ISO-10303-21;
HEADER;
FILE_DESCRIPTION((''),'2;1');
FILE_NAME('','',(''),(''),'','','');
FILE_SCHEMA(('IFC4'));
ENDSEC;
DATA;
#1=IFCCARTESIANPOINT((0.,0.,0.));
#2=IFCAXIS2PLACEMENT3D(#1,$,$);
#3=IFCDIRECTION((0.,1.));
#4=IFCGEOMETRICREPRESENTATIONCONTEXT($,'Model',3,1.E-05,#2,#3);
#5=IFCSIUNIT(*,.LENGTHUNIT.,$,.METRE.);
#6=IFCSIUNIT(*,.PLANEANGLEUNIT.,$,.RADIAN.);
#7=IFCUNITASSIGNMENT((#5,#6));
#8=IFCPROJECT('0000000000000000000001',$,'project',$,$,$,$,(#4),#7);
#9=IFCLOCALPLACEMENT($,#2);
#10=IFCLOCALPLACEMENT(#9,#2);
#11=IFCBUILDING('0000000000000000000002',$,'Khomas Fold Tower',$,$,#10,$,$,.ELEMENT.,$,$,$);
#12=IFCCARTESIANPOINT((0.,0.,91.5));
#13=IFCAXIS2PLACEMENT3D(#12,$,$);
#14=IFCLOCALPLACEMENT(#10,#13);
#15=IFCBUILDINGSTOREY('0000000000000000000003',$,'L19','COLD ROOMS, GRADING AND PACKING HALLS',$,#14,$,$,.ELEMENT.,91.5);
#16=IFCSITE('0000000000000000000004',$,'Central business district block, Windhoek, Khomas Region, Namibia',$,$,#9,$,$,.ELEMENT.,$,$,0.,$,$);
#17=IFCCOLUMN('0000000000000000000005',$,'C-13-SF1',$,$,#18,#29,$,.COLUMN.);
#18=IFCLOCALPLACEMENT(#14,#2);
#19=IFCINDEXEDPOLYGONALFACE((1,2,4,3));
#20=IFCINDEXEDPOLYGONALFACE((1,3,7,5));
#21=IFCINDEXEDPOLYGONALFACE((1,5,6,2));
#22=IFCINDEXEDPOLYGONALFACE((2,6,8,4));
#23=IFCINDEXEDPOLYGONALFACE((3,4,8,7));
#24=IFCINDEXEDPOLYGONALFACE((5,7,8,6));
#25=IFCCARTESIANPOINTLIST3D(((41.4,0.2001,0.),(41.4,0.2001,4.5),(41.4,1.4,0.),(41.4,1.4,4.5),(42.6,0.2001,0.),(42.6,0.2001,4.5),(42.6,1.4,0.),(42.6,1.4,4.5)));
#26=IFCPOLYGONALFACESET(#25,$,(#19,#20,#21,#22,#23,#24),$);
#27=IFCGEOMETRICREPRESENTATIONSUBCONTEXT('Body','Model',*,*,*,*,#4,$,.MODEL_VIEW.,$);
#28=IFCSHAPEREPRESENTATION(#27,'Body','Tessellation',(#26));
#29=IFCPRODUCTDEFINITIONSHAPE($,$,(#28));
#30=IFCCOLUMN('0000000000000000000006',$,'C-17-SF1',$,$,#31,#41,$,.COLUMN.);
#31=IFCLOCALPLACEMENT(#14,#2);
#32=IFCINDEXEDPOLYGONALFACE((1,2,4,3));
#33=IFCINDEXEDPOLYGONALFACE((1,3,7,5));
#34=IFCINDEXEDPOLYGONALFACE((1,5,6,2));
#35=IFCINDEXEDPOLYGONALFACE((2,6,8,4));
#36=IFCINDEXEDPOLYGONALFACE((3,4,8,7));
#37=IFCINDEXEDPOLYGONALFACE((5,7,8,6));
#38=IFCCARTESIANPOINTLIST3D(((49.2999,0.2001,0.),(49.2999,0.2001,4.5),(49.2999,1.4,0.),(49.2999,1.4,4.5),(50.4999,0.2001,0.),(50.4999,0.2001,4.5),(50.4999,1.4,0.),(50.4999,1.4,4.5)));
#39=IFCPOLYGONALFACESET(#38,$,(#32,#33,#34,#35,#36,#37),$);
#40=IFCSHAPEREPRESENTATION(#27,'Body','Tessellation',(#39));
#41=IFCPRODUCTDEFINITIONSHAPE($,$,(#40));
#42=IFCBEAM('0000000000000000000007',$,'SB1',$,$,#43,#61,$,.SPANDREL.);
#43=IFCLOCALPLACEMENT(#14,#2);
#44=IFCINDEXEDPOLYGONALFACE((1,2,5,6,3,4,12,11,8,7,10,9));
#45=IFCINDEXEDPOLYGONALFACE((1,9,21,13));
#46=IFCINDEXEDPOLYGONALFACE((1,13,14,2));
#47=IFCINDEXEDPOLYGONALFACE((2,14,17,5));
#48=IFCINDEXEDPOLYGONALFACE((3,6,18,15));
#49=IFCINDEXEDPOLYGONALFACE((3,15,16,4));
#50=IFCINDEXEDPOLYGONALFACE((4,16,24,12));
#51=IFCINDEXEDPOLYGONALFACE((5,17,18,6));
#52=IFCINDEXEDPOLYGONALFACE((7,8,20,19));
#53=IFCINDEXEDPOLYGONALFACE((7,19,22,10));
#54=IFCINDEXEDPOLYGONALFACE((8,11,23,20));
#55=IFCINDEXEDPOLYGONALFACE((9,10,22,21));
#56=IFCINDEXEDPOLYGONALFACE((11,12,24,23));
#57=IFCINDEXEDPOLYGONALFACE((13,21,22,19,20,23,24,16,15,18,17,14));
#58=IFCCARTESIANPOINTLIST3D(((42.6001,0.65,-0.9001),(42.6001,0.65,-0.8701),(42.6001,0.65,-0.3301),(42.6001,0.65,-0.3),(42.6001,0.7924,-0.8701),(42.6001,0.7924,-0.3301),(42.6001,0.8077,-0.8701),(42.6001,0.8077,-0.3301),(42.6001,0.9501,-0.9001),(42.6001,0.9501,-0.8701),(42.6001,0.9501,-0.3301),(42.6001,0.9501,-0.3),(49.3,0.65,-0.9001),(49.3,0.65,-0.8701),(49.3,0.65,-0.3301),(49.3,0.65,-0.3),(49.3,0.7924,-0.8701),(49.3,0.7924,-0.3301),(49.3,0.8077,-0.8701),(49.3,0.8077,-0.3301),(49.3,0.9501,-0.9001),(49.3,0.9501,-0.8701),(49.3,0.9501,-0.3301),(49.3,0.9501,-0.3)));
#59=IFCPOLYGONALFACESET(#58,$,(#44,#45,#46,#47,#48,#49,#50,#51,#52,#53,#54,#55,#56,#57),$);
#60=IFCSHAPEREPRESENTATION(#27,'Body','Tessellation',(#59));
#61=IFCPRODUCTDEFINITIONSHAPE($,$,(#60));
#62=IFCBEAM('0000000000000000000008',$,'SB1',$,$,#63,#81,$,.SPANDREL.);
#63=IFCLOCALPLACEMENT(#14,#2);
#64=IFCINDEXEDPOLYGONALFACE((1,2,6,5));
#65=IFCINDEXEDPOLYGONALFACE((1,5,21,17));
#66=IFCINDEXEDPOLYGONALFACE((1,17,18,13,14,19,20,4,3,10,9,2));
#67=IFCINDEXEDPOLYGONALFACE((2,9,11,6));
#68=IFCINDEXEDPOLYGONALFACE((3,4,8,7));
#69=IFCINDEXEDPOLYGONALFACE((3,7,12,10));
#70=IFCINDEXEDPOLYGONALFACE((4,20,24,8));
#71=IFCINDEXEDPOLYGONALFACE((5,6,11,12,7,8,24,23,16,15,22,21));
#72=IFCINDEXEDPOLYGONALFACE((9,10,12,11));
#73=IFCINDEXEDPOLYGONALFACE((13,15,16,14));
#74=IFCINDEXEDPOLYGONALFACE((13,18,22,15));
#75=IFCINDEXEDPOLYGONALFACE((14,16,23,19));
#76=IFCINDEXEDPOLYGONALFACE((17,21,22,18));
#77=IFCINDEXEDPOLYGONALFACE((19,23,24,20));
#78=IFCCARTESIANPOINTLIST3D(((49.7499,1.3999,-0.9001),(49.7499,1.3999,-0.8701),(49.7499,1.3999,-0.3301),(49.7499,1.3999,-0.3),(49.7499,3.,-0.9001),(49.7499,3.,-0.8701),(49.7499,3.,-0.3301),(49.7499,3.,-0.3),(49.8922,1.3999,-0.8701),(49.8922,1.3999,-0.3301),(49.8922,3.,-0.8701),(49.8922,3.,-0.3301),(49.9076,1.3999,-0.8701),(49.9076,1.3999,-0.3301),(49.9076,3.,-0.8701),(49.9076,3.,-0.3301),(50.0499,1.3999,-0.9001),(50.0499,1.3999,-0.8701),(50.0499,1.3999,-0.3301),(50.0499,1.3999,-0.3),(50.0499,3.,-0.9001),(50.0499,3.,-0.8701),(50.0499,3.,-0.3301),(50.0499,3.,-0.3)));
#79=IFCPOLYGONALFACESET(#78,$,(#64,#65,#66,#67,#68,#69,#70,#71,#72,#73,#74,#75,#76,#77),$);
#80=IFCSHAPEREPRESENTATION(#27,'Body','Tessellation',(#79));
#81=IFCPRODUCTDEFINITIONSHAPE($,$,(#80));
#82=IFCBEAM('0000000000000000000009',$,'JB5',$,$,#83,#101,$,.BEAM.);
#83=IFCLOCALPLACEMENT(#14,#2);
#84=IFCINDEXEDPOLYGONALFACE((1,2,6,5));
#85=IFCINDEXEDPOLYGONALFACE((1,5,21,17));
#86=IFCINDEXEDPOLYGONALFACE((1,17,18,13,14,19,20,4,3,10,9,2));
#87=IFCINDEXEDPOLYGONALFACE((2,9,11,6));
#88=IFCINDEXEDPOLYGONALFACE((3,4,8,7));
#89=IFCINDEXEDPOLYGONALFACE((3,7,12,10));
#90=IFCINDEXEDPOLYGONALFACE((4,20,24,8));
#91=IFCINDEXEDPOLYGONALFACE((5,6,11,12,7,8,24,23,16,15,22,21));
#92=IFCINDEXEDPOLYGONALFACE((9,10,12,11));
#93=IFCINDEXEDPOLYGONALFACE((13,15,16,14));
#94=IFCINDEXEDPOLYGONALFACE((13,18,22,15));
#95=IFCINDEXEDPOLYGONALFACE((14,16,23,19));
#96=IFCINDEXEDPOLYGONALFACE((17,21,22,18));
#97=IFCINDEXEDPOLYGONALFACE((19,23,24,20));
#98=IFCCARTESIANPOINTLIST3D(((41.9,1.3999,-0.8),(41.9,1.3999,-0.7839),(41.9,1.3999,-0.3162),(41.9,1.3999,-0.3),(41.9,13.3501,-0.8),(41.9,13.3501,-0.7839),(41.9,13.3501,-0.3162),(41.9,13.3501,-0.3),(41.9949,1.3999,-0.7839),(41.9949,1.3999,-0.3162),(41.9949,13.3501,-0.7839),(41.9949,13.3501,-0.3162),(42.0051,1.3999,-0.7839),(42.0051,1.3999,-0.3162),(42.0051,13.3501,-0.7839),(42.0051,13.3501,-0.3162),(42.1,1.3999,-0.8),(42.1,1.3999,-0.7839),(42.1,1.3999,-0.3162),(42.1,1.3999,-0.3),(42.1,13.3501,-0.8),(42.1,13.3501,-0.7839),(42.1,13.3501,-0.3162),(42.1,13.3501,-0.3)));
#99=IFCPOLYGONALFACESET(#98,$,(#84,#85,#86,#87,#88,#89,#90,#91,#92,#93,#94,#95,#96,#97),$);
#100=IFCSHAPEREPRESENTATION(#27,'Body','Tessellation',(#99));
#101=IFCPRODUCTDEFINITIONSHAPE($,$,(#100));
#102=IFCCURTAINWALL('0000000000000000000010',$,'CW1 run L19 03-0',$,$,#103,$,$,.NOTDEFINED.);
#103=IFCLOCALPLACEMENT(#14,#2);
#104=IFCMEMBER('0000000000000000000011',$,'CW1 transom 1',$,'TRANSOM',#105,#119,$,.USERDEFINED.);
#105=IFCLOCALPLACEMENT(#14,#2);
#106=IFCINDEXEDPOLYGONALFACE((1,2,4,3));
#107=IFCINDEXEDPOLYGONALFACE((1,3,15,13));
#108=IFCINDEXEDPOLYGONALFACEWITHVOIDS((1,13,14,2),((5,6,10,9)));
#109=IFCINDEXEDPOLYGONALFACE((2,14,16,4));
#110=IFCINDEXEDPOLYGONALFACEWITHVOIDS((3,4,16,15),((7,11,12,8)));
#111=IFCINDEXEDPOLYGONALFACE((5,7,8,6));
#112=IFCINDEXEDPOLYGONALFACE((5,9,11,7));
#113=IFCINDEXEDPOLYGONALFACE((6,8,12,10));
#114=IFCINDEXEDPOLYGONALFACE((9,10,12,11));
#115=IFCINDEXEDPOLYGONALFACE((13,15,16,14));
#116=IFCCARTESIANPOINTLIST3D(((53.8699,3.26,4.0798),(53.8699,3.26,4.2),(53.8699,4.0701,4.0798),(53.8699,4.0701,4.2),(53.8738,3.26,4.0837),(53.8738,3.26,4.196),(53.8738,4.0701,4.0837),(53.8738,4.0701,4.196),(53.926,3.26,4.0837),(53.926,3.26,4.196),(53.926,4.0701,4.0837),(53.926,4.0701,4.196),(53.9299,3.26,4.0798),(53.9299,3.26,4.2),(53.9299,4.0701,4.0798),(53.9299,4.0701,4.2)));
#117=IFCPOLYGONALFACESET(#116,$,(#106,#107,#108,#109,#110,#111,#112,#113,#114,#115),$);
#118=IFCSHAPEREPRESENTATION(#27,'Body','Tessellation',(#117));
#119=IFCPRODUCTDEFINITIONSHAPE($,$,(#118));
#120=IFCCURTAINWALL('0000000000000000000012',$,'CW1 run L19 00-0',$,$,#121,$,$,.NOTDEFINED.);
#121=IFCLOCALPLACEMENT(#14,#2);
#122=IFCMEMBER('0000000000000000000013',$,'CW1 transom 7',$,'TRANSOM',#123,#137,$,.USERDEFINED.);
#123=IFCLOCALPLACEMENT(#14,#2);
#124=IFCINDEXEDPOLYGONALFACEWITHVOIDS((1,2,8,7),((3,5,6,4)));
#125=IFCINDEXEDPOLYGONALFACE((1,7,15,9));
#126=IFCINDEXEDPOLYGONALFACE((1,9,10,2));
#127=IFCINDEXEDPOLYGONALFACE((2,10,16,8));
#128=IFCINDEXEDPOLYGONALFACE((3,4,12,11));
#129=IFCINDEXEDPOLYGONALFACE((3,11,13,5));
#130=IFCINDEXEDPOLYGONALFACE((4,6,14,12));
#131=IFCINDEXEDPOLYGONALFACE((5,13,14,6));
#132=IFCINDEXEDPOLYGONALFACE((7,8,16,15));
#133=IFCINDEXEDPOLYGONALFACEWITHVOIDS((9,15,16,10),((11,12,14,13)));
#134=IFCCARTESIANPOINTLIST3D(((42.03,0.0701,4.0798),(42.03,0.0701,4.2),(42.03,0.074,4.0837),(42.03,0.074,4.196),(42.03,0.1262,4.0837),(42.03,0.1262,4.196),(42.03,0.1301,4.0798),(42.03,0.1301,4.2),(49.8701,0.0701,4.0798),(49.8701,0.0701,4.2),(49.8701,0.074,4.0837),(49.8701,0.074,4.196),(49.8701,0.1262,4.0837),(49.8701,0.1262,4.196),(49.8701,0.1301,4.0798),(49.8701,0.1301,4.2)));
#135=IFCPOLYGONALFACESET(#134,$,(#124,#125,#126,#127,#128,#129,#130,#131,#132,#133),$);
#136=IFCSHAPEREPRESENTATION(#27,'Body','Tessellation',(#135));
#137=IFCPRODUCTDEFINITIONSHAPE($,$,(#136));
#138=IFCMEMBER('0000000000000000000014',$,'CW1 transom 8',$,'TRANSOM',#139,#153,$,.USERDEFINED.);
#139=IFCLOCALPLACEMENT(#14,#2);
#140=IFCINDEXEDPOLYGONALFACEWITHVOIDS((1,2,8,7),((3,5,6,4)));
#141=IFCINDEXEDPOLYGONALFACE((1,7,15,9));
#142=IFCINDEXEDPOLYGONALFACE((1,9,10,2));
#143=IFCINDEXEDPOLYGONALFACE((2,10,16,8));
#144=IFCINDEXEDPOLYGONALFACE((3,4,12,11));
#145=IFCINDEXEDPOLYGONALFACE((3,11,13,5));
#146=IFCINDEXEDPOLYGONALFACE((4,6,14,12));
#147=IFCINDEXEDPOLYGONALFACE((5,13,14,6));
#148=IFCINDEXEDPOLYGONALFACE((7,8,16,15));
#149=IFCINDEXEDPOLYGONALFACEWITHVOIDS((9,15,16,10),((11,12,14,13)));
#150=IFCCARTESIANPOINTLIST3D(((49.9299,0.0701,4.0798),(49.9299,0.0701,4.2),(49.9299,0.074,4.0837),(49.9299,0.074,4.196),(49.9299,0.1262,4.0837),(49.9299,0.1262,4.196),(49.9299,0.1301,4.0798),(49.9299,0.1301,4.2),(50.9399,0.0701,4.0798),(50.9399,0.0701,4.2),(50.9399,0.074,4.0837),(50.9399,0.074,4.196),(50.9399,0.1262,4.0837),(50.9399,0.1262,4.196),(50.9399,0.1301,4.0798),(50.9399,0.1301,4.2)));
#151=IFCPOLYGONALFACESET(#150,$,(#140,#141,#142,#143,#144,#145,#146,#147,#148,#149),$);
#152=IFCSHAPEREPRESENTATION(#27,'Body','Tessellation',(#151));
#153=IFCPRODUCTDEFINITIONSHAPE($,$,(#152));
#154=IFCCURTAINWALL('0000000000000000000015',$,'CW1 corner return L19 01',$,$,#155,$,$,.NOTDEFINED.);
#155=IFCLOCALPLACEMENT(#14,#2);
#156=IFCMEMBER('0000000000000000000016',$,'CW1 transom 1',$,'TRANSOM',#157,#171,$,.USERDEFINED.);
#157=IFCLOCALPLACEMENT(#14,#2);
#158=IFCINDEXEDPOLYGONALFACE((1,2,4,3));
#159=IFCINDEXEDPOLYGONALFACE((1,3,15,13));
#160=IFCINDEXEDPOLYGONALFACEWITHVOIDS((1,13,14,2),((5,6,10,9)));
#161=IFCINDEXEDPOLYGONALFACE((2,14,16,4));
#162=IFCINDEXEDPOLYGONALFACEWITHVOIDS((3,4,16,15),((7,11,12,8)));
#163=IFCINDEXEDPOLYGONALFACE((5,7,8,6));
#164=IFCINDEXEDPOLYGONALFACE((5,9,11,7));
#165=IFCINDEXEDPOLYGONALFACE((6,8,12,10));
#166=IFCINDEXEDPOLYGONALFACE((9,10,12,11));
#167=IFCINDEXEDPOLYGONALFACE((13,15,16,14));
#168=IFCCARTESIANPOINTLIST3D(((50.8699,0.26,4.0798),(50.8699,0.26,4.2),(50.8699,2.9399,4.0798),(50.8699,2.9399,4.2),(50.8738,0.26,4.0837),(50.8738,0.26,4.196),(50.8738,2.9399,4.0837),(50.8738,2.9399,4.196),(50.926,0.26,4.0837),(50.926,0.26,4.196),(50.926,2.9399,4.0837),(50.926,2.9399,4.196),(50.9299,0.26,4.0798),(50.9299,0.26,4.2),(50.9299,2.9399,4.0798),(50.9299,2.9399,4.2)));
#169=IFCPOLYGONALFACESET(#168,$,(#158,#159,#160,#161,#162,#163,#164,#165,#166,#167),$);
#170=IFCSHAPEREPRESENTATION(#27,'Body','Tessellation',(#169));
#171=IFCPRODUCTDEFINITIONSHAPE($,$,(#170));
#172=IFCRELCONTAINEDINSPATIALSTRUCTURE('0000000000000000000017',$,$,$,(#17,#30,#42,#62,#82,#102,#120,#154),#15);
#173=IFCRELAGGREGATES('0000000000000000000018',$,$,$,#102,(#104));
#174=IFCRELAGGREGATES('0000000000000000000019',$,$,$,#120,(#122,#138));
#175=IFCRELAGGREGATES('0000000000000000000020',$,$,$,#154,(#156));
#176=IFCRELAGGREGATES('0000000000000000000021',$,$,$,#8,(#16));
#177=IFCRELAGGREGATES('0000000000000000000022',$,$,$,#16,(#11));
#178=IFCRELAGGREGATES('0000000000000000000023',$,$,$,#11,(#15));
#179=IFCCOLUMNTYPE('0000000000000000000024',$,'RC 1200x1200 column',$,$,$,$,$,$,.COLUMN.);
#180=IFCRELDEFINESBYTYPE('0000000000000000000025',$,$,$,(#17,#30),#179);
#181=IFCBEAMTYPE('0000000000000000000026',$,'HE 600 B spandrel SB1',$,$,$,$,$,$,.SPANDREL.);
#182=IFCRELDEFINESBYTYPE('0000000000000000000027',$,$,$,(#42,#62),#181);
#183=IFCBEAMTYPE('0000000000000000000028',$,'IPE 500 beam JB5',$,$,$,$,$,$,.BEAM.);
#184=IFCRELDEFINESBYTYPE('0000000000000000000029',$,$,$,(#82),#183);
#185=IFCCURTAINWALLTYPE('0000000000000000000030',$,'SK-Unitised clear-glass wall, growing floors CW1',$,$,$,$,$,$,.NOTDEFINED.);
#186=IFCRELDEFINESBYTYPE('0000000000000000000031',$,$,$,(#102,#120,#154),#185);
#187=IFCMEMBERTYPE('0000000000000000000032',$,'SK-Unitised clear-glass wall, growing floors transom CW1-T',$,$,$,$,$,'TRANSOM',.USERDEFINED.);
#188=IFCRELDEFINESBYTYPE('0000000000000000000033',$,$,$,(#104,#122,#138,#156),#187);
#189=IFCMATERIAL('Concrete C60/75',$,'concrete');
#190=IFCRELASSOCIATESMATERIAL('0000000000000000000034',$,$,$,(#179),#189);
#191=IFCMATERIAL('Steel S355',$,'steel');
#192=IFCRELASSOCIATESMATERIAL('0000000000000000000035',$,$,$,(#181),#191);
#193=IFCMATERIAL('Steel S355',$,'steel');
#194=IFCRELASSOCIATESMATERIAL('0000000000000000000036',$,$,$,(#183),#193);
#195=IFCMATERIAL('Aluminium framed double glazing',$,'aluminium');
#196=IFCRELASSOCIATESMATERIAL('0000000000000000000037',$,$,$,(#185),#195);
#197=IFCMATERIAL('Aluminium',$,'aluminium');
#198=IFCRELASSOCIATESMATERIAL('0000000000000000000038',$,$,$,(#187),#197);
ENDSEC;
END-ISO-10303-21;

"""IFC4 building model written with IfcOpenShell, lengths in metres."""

from ifc_helpers import new_model, si_unit, direction, frame, origin, origin_2d, place, context, subcontext, project, spatial, rectangle, hollow_rectangle, i_section, extrude, source, transform, mapped, material, material_profile, profile_set, type_object, element, aggregate, save


model = new_model("IFC4")

# Units and contexts
model_context = context("Model", 3, precision=1e-05, world=origin(), true_north=direction((0.0, 1.0)))
body_context = subcontext(model_context, "Body", "Model", "MODEL_VIEW")
ifc_project = project(units=[si_unit("LENGTHUNIT", "METRE"), si_unit("PLANEANGLEUNIT", "RADIAN")], contexts=[model_context])

# Site, building, storey
site_placement = place(None, origin())
site = spatial("IfcSite", under=ifc_project, at=site_placement, Name="Central business district block, Windhoek, Khomas Region, Namibia", CompositionType="ELEMENT", RefElevation=0.0)
building_placement = place(site_placement, origin())
building = spatial("IfcBuilding", under=site, at=building_placement, Name="Khomas Fold Tower", CompositionType="ELEMENT")
storey_placement = place(building_placement, frame((0.0, 0.0, 91.5)))
storey = spatial("IfcBuildingStorey", under=building, at=storey_placement, Name="L19", Description="COLD ROOMS, GRADING AND PACKING HALLS", CompositionType="ELEMENT", Elevation=91.5)

# Columns
ifc_material_1 = material(Name="Concrete C60/75", Category="concrete")
ifc_material_profile_1 = material_profile(ifc_material_1, rectangle(XDim=1.2, YDim=1.2, at=origin_2d()), Name="RC 1200x1200")
ifc_profile_set_1 = profile_set([ifc_material_profile_1], Name="Concrete C60/75")
column_type = type_object("IfcColumnType", Name="RC 1200x1200 column", PredefinedType="COLUMN", material=ifc_profile_set_1)
shared_shape_1 = source(origin(), body_context, "Body", "SweptSolid", [
    extrude(rectangle(XDim=1.2, YDim=1.2, at=origin_2d()), origin(), (0.0, 0.0, 1.0), 4.5),
])
for number, where, z_axis, x_axis, name in (
    (1, (42.0, 0.8, 0.0), (0.0, 0.0, 1.0), (1.0, 0.0, 0.0), "C-13-SF1"),
    (2, (49.8999, 0.8, 0.0), (0.0, 0.0, 1.0), (1.0, 0.0, 0.0), "C-17-SF1"),
):
    element("IfcColumn", number, at=place(storey_placement, frame(where, z_axis=z_axis, x_axis=x_axis)), inside=storey, type_object=column_type, Name=name, PredefinedType="COLUMN", context=body_context, shape_type="MappedRepresentation", body=[
        mapped(shared_shape_1, transform((0.0, 0.0, 0.0))),
    ])

# Beams
ifc_material_2 = material(Name="Steel S355", Category="steel")
ifc_material_profile_2 = material_profile(ifc_material_2, i_section(OverallWidth=0.3, OverallDepth=0.6001, WebThickness=0.0154, FlangeThickness=0.03, at=origin_2d()), Name="HE 600 B")
ifc_profile_set_2 = profile_set([ifc_material_profile_2], Name="Steel S355")
beam_type_1 = type_object("IfcBeamType", Name="HE 600 B spandrel SB1", PredefinedType="SPANDREL", material=ifc_profile_set_2)
shared_shape_2 = source(origin(), body_context, "Body", "SweptSolid", [
    extrude(i_section(OverallWidth=0.3, OverallDepth=0.6001, WebThickness=0.0154, FlangeThickness=0.03, at=origin_2d()), origin(), (0.0, 0.0, 1.0), 6.7),
])
beam_1_placement = place(storey_placement, frame((42.6001, 0.8, -0.6001), z_axis=(1.0, 0.0, 0.0), x_axis=(0.0, 1.0, 0.0)))
element("IfcBeam", 3, at=beam_1_placement, inside=storey, type_object=beam_type_1, Name="SB1", PredefinedType="SPANDREL", context=body_context, shape_type="MappedRepresentation", body=[
    mapped(shared_shape_2, transform((0.0, 0.0, 0.0))),
])
shared_shape_3 = source(origin(), body_context, "Body", "SweptSolid", [
    extrude(i_section(OverallWidth=0.3, OverallDepth=0.6001, WebThickness=0.0154, FlangeThickness=0.03, at=origin_2d()), origin(), (0.0, 0.0, 1.0), 1.6001),
])
beam_2_placement = place(storey_placement, frame((49.8999, 1.3999, -0.6001), z_axis=(0.0, 1.0, 0.0), x_axis=(-1.0, 0.0, 0.0)))
element("IfcBeam", 4, at=beam_2_placement, inside=storey, type_object=beam_type_1, Name="SB1", PredefinedType="SPANDREL", context=body_context, shape_type="MappedRepresentation", body=[
    mapped(shared_shape_3, transform((0.0, 0.0, 0.0))),
])
ifc_material_3 = material(Name="Steel S355", Category="steel")
ifc_material_profile_3 = material_profile(ifc_material_3, i_section(OverallWidth=0.2, OverallDepth=0.5, WebThickness=0.0103, FlangeThickness=0.0161, at=origin_2d()), Name="IPE 500")
ifc_profile_set_3 = profile_set([ifc_material_profile_3], Name="Steel S355")
beam_type_2 = type_object("IfcBeamType", Name="IPE 500 beam JB5", PredefinedType="BEAM", material=ifc_profile_set_3)
shared_shape_4 = source(origin(), body_context, "Body", "SweptSolid", [
    extrude(i_section(OverallWidth=0.2, OverallDepth=0.5, WebThickness=0.0103, FlangeThickness=0.0161, at=origin_2d()), origin(), (0.0, 0.0, 1.0), 11.9502),
])
beam_3_placement = place(storey_placement, frame((42.0, 1.3999, -0.55), z_axis=(0.0, 1.0, 0.0), x_axis=(-1.0, 0.0, 0.0)))
element("IfcBeam", 5, at=beam_3_placement, inside=storey, type_object=beam_type_2, Name="JB5", PredefinedType="BEAM", context=body_context, shape_type="MappedRepresentation", body=[
    mapped(shared_shape_4, transform((0.0, 0.0, 0.0))),
])

# Curtain wall, member
ifc_material_4 = material(Name="Aluminium framed double glazing", Category="aluminium")
curtain_wall_type = type_object("IfcCurtainWallType", Name="SK-Unitised clear-glass wall, growing floors CW1", PredefinedType="NOTDEFINED", material=ifc_material_4)
curtain_wall_1_placement = place(storey_placement, origin())
curtain_wall_1 = element("IfcCurtainWall", 6, at=curtain_wall_1_placement, inside=storey, type_object=curtain_wall_type, Name="CW1 run L19 03-0", PredefinedType="NOTDEFINED")
ifc_material_5 = material(Name="Aluminium", Category="aluminium")
ifc_material_profile_4 = material_profile(ifc_material_5, hollow_rectangle(XDim=0.0601, YDim=0.1201, WallThickness=0.0039, at=origin_2d()), Name="SK-Unitised clear-glass wall, growing floors transom CW1-T")
ifc_profile_set_4 = profile_set([ifc_material_profile_4], Name="Aluminium")
member_type_1 = type_object("IfcMemberType", Name="SK-Unitised clear-glass wall, growing floors transom CW1-T", ElementType="TRANSOM", PredefinedType="USERDEFINED", material=ifc_profile_set_4)
shared_shape_5 = source(origin(), body_context, "Body", "SweptSolid", [
    extrude(hollow_rectangle(XDim=0.0601, YDim=0.1201, WallThickness=0.0039, at=origin_2d()), origin(), (0.0, 0.0, 1.0), 0.8101),
])
member_1_placement = place(storey_placement, frame((53.8999, 3.26, 4.1399), z_axis=(0.0, 1.0, 0.0), x_axis=(-1.0, 0.0, 0.0)))
member_1 = element("IfcMember", 7, at=member_1_placement, type_object=member_type_1, Name="CW1 transom 1", ObjectType="TRANSOM", PredefinedType="USERDEFINED", context=body_context, shape_type="MappedRepresentation", body=[
    mapped(shared_shape_5, transform((0.0, 0.0, 0.0))),
])

# Curtain wall, members
curtain_wall_2_placement = place(storey_placement, origin())
curtain_wall_2 = element("IfcCurtainWall", 8, at=curtain_wall_2_placement, inside=storey, type_object=curtain_wall_type, Name="CW1 run L19 00-0", PredefinedType="NOTDEFINED")
shared_shape_6 = source(origin(), body_context, "Body", "SweptSolid", [
    extrude(hollow_rectangle(XDim=0.0601, YDim=0.1201, WallThickness=0.0039, at=origin_2d()), origin(), (0.0, 0.0, 1.0), 7.8401),
])
member_2_placement = place(storey_placement, frame((42.03, 0.1001, 4.1399), z_axis=(1.0, 0.0, 0.0), x_axis=(0.0, 1.0, 0.0)))
member_2 = element("IfcMember", 9, at=member_2_placement, type_object=member_type_1, Name="CW1 transom 7", ObjectType="TRANSOM", PredefinedType="USERDEFINED", context=body_context, shape_type="MappedRepresentation", body=[
    mapped(shared_shape_6, transform((0.0, 0.0, 0.0))),
])
shared_shape_7 = source(origin(), body_context, "Body", "SweptSolid", [
    extrude(hollow_rectangle(XDim=0.0601, YDim=0.1201, WallThickness=0.0039, at=origin_2d()), origin(), (0.0, 0.0, 1.0), 1.01),
])
member_3_placement = place(storey_placement, frame((49.9299, 0.1001, 4.1399), z_axis=(1.0, 0.0, 0.0), x_axis=(0.0, 1.0, 0.0)))
member_3 = element("IfcMember", 10, at=member_3_placement, type_object=member_type_1, Name="CW1 transom 8", ObjectType="TRANSOM", PredefinedType="USERDEFINED", context=body_context, shape_type="MappedRepresentation", body=[
    mapped(shared_shape_7, transform((0.0, 0.0, 0.0))),
])

# Curtain wall, member
curtain_wall_3_placement = place(storey_placement, origin())
curtain_wall_3 = element("IfcCurtainWall", 11, at=curtain_wall_3_placement, inside=storey, type_object=curtain_wall_type, Name="CW1 corner return L19 01", PredefinedType="NOTDEFINED")
shared_shape_8 = source(origin(), body_context, "Body", "SweptSolid", [
    extrude(hollow_rectangle(XDim=0.0601, YDim=0.1201, WallThickness=0.0039, at=origin_2d()), origin(), (0.0, 0.0, 1.0), 2.6799),
])
member_4_placement = place(storey_placement, frame((50.8999, 0.26, 4.1399), z_axis=(0.0, 1.0, 0.0), x_axis=(-1.0, 0.0, 0.0)))
member_4 = element("IfcMember", 12, at=member_4_placement, type_object=member_type_1, Name="CW1 transom 1", ObjectType="TRANSOM", PredefinedType="USERDEFINED", context=body_context, shape_type="MappedRepresentation", body=[
    mapped(shared_shape_8, transform((0.0, 0.0, 0.0))),
])

aggregate(curtain_wall_1, [member_1])
aggregate(curtain_wall_2, [member_2, member_3])
aggregate(curtain_wall_3, [member_4])

save(model, "model.ifc")
